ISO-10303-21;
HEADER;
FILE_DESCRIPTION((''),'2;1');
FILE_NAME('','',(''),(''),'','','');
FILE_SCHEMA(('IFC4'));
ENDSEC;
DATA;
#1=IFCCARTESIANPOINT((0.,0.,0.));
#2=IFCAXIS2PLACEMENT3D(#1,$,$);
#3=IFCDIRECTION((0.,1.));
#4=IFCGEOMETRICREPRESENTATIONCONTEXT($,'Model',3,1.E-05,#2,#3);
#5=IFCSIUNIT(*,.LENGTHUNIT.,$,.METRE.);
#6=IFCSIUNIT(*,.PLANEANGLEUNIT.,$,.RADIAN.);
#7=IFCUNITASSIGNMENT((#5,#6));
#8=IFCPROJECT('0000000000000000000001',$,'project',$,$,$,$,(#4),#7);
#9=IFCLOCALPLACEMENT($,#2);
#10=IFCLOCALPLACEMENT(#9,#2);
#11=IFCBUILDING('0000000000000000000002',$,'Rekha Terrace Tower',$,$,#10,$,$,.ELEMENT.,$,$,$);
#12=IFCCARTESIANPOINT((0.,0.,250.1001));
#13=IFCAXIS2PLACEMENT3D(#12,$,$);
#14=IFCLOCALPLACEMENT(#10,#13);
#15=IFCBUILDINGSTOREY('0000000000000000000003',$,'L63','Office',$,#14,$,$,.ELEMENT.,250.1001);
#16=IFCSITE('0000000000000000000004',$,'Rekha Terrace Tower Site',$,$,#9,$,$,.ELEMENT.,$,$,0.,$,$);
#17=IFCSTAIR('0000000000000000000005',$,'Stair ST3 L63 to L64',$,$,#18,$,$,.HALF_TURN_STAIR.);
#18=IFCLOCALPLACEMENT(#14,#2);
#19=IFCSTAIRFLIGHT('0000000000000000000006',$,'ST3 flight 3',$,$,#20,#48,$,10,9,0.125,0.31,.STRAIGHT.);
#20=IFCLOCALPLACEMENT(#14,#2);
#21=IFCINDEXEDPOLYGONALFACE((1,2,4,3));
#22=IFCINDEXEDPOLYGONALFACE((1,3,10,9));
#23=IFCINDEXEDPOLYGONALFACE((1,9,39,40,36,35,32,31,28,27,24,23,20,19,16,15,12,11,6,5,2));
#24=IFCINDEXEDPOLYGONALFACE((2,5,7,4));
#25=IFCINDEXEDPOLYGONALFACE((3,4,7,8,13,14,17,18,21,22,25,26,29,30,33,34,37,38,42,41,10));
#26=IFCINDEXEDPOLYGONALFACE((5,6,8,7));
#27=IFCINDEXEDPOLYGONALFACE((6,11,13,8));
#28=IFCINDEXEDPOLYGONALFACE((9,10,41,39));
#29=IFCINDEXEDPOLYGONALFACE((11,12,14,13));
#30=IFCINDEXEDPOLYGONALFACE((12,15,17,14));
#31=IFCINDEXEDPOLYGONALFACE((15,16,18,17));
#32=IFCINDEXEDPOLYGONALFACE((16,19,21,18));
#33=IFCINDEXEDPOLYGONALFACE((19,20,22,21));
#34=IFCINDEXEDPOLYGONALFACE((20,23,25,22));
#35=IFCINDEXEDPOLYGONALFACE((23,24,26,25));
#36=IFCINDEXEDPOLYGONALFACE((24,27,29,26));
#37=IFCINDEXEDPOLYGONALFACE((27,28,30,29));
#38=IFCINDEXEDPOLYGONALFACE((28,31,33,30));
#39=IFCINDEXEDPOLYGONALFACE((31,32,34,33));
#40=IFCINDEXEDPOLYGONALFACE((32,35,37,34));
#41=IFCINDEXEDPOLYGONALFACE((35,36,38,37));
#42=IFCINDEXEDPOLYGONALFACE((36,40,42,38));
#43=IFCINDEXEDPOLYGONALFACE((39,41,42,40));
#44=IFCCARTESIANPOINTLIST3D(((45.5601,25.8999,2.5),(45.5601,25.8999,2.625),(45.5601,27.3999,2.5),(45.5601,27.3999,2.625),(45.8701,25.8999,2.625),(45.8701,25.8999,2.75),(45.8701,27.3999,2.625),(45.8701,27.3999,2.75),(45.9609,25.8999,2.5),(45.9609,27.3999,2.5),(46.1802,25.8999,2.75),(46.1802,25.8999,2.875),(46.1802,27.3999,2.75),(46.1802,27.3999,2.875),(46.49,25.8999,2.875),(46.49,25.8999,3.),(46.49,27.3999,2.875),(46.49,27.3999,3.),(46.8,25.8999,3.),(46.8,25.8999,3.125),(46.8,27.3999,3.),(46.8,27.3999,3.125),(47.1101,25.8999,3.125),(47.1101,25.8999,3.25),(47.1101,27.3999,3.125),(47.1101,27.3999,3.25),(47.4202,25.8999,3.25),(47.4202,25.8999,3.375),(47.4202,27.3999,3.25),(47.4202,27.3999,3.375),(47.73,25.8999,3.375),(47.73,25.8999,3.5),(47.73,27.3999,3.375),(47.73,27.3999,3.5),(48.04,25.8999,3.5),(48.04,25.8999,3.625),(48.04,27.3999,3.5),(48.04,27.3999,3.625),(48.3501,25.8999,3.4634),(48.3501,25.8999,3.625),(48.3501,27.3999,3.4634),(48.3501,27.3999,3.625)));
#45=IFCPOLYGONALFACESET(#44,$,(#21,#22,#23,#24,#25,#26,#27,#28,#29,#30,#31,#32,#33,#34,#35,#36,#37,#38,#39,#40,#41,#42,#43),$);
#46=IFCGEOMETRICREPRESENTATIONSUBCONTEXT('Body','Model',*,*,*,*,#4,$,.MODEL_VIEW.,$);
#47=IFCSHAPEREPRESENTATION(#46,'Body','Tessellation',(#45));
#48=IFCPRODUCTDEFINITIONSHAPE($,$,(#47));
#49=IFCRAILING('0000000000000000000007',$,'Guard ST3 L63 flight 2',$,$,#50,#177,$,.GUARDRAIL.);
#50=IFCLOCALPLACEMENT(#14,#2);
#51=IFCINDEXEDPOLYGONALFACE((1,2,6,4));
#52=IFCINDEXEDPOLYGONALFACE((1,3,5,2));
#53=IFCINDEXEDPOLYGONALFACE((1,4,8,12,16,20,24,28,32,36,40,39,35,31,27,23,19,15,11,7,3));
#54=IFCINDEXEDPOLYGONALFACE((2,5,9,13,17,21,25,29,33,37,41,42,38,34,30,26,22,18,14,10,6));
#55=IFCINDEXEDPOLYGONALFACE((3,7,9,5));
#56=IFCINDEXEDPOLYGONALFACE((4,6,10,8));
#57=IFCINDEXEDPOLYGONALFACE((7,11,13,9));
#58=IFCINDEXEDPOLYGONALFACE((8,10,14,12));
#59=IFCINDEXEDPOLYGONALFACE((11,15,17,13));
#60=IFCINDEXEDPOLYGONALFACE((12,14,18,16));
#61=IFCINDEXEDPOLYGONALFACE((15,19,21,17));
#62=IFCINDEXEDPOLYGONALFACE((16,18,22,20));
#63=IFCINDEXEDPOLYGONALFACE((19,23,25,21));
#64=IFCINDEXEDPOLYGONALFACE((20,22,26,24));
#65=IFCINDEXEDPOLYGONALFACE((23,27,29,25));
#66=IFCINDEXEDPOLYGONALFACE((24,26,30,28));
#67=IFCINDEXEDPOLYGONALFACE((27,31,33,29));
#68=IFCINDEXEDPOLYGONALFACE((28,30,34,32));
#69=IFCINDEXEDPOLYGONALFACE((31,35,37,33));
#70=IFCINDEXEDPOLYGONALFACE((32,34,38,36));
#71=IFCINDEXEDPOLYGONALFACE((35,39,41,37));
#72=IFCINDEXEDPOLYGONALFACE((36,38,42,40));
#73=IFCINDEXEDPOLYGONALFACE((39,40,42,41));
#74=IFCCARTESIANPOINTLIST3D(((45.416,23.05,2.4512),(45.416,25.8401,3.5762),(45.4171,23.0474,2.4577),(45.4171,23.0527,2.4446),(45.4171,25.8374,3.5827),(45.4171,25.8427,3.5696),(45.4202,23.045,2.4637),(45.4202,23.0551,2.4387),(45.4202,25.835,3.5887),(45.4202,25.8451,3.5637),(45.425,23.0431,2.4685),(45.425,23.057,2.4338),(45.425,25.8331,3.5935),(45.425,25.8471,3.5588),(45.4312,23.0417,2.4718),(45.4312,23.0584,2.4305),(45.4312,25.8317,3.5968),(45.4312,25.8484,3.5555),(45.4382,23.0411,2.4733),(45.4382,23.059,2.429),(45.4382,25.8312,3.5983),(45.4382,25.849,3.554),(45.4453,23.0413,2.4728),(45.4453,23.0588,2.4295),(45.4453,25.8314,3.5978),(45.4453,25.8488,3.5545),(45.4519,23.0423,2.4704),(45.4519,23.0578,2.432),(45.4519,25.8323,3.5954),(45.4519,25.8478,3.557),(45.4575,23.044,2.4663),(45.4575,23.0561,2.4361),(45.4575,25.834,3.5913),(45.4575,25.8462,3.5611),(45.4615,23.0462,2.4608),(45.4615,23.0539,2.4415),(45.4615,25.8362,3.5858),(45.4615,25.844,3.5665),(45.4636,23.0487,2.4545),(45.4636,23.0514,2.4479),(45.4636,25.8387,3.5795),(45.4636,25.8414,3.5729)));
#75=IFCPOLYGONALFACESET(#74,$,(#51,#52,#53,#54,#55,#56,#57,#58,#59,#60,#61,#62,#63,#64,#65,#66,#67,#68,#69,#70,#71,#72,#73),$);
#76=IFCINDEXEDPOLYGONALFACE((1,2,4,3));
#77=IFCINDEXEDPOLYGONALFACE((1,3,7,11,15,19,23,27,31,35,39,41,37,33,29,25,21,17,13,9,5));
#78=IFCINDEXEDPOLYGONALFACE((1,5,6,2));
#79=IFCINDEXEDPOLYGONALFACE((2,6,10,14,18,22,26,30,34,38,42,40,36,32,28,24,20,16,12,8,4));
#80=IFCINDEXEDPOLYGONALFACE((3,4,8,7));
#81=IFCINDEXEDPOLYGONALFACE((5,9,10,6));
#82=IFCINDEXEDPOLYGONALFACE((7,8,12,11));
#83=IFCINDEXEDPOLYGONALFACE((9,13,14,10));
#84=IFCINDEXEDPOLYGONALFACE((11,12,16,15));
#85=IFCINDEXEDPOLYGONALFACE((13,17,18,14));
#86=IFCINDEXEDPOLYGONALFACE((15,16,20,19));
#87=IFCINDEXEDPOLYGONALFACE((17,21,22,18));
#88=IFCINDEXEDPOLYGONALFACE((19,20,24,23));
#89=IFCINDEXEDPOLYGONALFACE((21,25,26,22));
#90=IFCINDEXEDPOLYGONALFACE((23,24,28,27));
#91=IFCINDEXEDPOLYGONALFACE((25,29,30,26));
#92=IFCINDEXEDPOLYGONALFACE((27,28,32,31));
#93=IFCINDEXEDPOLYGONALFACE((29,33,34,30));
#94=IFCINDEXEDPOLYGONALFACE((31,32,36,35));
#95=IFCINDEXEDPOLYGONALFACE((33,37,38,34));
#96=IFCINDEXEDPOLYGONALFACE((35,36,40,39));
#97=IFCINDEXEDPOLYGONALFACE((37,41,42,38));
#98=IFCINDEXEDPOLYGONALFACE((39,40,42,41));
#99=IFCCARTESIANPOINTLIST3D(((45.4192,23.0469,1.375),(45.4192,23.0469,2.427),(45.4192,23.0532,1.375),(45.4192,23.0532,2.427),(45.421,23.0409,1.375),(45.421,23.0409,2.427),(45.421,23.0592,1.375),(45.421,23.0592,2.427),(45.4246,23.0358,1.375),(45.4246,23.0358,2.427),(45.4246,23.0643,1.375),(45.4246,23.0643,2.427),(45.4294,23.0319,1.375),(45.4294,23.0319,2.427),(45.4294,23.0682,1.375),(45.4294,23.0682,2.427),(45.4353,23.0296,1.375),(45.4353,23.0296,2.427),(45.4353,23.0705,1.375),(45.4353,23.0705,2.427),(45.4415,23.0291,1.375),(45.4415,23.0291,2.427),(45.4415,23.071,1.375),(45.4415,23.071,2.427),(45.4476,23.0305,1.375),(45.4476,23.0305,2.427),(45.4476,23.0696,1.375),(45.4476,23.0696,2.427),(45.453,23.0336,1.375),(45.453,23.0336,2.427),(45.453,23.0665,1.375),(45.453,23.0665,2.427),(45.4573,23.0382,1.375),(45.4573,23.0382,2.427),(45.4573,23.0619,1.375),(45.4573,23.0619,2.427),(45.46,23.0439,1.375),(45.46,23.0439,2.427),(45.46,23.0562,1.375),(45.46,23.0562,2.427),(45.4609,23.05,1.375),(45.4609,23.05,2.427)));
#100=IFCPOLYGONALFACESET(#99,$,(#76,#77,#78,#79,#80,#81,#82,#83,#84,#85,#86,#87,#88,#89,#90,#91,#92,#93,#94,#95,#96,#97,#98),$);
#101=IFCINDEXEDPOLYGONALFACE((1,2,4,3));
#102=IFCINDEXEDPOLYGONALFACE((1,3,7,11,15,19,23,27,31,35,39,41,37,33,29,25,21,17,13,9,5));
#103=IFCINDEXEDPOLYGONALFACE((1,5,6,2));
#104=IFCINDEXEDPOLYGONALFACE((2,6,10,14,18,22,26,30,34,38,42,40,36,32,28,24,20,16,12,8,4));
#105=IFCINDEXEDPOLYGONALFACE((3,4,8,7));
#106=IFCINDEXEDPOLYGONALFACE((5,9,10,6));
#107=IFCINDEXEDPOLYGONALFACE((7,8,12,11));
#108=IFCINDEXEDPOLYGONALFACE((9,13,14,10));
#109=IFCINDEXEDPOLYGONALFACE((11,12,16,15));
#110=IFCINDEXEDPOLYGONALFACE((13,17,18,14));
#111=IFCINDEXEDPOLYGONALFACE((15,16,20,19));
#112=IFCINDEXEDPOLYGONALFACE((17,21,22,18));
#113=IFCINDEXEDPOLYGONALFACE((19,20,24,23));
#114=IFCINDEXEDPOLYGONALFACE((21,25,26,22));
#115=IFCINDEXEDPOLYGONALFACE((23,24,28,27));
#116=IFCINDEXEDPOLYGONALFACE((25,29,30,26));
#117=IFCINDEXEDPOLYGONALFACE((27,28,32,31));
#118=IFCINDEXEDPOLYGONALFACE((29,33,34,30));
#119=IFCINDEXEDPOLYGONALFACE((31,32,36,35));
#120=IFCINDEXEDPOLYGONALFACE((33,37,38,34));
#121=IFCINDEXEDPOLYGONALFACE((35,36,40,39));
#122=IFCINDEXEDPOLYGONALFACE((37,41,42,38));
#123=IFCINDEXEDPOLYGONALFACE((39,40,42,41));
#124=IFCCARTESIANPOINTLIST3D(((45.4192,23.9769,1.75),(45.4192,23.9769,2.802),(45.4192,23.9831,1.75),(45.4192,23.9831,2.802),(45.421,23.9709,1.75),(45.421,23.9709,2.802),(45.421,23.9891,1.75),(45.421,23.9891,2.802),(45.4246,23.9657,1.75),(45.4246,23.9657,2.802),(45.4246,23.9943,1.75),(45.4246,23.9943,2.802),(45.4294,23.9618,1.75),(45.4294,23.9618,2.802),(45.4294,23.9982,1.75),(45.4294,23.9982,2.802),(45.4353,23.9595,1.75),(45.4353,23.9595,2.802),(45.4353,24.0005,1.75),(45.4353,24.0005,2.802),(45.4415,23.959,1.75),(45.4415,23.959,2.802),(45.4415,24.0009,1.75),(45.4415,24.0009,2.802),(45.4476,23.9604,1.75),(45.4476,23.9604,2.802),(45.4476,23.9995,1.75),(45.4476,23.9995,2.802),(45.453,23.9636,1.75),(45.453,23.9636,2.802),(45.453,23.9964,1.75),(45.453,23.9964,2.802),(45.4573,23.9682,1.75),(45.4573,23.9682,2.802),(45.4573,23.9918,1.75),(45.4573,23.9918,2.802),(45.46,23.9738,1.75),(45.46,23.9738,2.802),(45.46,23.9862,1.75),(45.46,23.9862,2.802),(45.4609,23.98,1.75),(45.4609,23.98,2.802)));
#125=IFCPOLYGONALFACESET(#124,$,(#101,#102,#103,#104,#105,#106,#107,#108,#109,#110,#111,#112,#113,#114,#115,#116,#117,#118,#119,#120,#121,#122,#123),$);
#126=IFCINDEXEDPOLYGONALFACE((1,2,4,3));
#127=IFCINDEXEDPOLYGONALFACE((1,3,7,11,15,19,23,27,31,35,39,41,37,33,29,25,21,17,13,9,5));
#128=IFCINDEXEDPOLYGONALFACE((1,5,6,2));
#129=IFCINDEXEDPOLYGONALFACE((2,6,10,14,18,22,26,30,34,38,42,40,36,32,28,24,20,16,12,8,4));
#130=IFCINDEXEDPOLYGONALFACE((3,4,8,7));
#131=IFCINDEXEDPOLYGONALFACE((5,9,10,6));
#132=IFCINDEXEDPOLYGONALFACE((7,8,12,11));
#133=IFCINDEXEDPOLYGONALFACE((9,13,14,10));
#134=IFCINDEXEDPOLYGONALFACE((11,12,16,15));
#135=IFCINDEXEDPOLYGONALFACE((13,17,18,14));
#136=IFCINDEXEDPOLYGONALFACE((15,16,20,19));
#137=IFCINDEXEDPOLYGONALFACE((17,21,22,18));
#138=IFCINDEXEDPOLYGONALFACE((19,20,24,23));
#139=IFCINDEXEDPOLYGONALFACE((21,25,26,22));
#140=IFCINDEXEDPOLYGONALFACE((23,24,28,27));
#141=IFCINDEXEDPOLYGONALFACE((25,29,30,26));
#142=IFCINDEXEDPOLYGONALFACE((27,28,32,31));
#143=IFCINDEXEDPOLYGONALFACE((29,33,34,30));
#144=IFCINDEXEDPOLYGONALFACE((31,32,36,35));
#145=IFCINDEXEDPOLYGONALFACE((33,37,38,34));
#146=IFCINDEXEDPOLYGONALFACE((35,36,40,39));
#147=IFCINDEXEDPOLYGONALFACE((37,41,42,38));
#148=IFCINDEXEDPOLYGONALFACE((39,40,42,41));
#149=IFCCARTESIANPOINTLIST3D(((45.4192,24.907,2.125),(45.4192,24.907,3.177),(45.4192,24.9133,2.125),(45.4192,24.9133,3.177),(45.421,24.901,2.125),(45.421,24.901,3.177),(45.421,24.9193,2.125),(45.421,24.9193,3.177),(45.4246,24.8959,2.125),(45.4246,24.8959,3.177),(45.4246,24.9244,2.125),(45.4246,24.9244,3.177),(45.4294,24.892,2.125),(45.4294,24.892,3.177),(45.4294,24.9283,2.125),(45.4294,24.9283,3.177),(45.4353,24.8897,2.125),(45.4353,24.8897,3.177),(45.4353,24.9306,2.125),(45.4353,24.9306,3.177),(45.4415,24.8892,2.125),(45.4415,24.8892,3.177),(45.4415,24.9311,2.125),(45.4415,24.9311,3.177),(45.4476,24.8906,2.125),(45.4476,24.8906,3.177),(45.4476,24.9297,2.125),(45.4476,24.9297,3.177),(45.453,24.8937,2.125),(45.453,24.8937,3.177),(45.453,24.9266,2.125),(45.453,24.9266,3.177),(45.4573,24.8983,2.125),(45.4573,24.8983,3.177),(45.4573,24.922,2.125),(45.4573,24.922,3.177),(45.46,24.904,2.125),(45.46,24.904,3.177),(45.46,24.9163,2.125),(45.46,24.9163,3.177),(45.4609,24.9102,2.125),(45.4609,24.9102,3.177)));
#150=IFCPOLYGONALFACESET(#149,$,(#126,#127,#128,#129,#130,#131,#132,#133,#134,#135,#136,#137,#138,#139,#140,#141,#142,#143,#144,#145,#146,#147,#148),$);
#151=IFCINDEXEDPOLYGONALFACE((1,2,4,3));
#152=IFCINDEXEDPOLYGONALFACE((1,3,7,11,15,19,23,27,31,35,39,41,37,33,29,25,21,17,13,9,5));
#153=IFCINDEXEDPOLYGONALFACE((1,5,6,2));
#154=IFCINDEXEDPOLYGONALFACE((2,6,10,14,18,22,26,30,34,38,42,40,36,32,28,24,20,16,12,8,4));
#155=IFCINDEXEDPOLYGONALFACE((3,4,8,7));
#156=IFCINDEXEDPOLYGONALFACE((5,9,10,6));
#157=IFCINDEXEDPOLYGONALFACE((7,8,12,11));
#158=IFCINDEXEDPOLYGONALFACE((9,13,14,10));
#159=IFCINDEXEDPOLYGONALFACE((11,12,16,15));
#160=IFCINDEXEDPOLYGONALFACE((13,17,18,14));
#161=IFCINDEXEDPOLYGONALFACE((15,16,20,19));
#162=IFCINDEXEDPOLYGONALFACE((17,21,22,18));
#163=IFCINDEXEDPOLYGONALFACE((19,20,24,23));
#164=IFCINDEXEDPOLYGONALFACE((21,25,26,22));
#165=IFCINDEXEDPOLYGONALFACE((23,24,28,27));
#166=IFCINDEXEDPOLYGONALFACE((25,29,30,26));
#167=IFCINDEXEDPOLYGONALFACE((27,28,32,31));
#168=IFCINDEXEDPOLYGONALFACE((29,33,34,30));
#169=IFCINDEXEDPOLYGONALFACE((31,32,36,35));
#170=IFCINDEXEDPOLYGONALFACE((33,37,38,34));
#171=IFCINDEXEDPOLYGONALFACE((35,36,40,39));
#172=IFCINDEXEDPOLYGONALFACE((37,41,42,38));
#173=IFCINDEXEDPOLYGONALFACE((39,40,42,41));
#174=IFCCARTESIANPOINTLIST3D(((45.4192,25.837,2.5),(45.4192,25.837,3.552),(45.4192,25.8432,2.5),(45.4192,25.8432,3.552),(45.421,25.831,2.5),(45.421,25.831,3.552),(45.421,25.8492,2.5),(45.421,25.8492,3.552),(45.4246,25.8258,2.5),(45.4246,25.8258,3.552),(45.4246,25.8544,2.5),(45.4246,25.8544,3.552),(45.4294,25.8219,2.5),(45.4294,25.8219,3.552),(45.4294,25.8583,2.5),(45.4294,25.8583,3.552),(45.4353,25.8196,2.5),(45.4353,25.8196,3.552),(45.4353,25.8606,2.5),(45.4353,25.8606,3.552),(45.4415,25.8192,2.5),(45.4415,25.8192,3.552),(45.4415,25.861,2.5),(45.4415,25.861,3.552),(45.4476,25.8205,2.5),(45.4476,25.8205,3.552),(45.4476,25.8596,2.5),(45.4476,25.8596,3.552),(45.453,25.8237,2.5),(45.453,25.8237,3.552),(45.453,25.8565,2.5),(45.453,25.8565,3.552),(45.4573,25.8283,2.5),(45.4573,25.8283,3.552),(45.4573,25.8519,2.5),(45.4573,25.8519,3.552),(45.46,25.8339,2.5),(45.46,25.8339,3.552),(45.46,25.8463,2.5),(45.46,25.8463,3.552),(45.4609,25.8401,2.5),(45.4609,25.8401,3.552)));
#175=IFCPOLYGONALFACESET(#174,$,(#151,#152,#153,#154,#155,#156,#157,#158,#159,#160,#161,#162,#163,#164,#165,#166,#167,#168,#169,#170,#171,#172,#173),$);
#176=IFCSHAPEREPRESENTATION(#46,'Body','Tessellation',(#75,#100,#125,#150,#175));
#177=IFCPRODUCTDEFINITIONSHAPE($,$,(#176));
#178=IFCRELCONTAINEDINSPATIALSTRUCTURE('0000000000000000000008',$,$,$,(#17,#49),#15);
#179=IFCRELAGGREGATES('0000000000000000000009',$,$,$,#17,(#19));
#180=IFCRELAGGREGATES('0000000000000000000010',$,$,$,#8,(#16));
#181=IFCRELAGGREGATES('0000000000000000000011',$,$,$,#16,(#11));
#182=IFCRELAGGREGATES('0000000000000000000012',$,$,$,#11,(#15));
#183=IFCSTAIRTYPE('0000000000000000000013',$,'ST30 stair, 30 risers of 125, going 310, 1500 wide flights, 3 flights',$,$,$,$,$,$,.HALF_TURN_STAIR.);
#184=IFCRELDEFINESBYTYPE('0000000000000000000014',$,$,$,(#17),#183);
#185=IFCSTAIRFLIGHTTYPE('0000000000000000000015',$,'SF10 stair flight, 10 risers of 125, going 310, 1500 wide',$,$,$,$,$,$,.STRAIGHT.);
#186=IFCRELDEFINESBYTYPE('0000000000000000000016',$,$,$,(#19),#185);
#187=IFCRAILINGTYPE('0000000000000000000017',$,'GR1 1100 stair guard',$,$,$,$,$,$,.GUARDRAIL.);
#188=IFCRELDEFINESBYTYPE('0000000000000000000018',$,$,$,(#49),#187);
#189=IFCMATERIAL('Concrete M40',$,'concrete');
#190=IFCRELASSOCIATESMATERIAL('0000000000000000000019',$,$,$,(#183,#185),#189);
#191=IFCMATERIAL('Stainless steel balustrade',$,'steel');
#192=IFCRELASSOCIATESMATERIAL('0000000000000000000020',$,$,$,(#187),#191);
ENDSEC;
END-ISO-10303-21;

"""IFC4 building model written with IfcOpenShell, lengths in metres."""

from ifc_helpers import new_model, si_unit, direction, frame, origin, origin_2d, place, context, subcontext, project, spatial, polyline, circle, outline, extrude, material, type_object, element, aggregate, save


model = new_model("IFC4")

# Units and contexts
model_context = context("Model", 3, precision=1e-05, world=origin(), true_north=direction((0.0, 1.0)))
body_context = subcontext(model_context, "Body", "Model", "MODEL_VIEW")
ifc_project = project(units=[si_unit("LENGTHUNIT", "METRE"), si_unit("PLANEANGLEUNIT", "RADIAN")], contexts=[model_context])

# Site, building, storey
site_placement = place(None, origin())
site = spatial("IfcSite", under=ifc_project, at=site_placement, Name="Rekha Terrace Tower Site", CompositionType="ELEMENT", RefElevation=0.0)
building_placement = place(site_placement, origin())
building = spatial("IfcBuilding", under=site, at=building_placement, Name="Rekha Terrace Tower", CompositionType="ELEMENT")
storey_placement = place(building_placement, frame((0.0, 0.0, 250.1001)))
storey = spatial("IfcBuildingStorey", under=building, at=storey_placement, Name="L63", Description="Office", CompositionType="ELEMENT", Elevation=250.1001)

# Stair, stair flight
ifc_material_1 = material(Name="Concrete M40", Category="concrete")
stair_type = type_object("IfcStairType", Name="ST30 stair, 30 risers of 125, going 310, 1500 wide flights, 3 flights", PredefinedType="HALF_TURN_STAIR", material=ifc_material_1)
stair_placement = place(storey_placement, origin())
stair = element("IfcStair", 1, at=stair_placement, inside=storey, type_object=stair_type, Name="Stair ST3 L63 to L64", PredefinedType="HALF_TURN_STAIR")
stair_flight_type = type_object("IfcStairFlightType", Name="SF10 stair flight, 10 risers of 125, going 310, 1500 wide", PredefinedType="STRAIGHT", material=ifc_material_1)
stair_flight_1_placement = place(storey_placement, frame((45.5601, 26.6499, 2.5), z_axis=(0.0, 0.0, 1.0), x_axis=(1.0, 0.0, 0.0)))
stair_flight_1 = element("IfcStairFlight", 2, at=stair_flight_1_placement, type_object=stair_flight_type, Name="ST3 flight 3", NumberOfRisers=10, NumberOfTreads=9, PredefinedType="STRAIGHT", RiserHeight=0.125, TreadLength=0.31, context=body_context, shape_type="SweptSolid", body=[
    extrude(outline(polyline([(0.0, 0.0), (0.0, 0.125), (0.3101, 0.125), (0.3101, 0.25), (0.6201, 0.25), (0.6201, 0.375), (0.9299, 0.375), (0.9299, 0.5), (1.24, 0.5), (1.24, 0.625), (1.55, 0.625), (1.55, 0.75), (1.8601, 0.75), (1.8601, 0.875), (2.1699, 0.875), (2.1699, 1.0), (2.48, 1.0), (2.48, 1.125), (2.79, 1.125), (2.79, 1.25), (2.79, 0.9634), (0.4009, 0.0), (0.0, 0.0)])), frame((0.0, 0.75, 0.0), z_axis=(0.0, -1.0, 0.0), x_axis=(1.0, 0.0, 0.0)), (0.0, 0.0, 1.0), 1.5),
])
aggregate(stair, [stair_flight_1])

# Railing
ifc_material_2 = material(Name="Stainless steel balustrade", Category="steel")
railing_type_1 = type_object("IfcRailingType", Name="GR1 1100 stair guard", PredefinedType="GUARDRAIL", material=ifc_material_2)
railing_1_placement = place(storey_placement, frame((45.4399, 23.05, 1.375)))
element("IfcRailing", 3, at=railing_1_placement, inside=storey, type_object=railing_type_1, Name="Guard ST3 L63 flight 2", PredefinedType="GUARDRAIL", context=body_context, shape_type="SweptSolid", body=[
    extrude(circle(Radius=0.0239, at=origin_2d()), frame((0.0, 0.0, 1.0762), z_axis=(0.0, 0.927443, 0.373964), x_axis=(-1.0, 0.0, 0.0)), (0.0, 0.0, 1.0), 3.0083),
    extrude(circle(Radius=0.021, at=origin_2d()), origin(), (0.0, 0.0, 1.0), 1.052),
    extrude(circle(Radius=0.021, at=origin_2d()), frame((0.0, 0.9299, 0.375)), (0.0, 0.0, 1.0), 1.052),
    extrude(circle(Radius=0.021, at=origin_2d()), frame((0.0, 1.8601, 0.75)), (0.0, 0.0, 1.0), 1.052),
    extrude(circle(Radius=0.021, at=origin_2d()), frame((0.0, 2.79, 1.125)), (0.0, 0.0, 1.0), 1.052),
])

save(model, "model.ifc")
